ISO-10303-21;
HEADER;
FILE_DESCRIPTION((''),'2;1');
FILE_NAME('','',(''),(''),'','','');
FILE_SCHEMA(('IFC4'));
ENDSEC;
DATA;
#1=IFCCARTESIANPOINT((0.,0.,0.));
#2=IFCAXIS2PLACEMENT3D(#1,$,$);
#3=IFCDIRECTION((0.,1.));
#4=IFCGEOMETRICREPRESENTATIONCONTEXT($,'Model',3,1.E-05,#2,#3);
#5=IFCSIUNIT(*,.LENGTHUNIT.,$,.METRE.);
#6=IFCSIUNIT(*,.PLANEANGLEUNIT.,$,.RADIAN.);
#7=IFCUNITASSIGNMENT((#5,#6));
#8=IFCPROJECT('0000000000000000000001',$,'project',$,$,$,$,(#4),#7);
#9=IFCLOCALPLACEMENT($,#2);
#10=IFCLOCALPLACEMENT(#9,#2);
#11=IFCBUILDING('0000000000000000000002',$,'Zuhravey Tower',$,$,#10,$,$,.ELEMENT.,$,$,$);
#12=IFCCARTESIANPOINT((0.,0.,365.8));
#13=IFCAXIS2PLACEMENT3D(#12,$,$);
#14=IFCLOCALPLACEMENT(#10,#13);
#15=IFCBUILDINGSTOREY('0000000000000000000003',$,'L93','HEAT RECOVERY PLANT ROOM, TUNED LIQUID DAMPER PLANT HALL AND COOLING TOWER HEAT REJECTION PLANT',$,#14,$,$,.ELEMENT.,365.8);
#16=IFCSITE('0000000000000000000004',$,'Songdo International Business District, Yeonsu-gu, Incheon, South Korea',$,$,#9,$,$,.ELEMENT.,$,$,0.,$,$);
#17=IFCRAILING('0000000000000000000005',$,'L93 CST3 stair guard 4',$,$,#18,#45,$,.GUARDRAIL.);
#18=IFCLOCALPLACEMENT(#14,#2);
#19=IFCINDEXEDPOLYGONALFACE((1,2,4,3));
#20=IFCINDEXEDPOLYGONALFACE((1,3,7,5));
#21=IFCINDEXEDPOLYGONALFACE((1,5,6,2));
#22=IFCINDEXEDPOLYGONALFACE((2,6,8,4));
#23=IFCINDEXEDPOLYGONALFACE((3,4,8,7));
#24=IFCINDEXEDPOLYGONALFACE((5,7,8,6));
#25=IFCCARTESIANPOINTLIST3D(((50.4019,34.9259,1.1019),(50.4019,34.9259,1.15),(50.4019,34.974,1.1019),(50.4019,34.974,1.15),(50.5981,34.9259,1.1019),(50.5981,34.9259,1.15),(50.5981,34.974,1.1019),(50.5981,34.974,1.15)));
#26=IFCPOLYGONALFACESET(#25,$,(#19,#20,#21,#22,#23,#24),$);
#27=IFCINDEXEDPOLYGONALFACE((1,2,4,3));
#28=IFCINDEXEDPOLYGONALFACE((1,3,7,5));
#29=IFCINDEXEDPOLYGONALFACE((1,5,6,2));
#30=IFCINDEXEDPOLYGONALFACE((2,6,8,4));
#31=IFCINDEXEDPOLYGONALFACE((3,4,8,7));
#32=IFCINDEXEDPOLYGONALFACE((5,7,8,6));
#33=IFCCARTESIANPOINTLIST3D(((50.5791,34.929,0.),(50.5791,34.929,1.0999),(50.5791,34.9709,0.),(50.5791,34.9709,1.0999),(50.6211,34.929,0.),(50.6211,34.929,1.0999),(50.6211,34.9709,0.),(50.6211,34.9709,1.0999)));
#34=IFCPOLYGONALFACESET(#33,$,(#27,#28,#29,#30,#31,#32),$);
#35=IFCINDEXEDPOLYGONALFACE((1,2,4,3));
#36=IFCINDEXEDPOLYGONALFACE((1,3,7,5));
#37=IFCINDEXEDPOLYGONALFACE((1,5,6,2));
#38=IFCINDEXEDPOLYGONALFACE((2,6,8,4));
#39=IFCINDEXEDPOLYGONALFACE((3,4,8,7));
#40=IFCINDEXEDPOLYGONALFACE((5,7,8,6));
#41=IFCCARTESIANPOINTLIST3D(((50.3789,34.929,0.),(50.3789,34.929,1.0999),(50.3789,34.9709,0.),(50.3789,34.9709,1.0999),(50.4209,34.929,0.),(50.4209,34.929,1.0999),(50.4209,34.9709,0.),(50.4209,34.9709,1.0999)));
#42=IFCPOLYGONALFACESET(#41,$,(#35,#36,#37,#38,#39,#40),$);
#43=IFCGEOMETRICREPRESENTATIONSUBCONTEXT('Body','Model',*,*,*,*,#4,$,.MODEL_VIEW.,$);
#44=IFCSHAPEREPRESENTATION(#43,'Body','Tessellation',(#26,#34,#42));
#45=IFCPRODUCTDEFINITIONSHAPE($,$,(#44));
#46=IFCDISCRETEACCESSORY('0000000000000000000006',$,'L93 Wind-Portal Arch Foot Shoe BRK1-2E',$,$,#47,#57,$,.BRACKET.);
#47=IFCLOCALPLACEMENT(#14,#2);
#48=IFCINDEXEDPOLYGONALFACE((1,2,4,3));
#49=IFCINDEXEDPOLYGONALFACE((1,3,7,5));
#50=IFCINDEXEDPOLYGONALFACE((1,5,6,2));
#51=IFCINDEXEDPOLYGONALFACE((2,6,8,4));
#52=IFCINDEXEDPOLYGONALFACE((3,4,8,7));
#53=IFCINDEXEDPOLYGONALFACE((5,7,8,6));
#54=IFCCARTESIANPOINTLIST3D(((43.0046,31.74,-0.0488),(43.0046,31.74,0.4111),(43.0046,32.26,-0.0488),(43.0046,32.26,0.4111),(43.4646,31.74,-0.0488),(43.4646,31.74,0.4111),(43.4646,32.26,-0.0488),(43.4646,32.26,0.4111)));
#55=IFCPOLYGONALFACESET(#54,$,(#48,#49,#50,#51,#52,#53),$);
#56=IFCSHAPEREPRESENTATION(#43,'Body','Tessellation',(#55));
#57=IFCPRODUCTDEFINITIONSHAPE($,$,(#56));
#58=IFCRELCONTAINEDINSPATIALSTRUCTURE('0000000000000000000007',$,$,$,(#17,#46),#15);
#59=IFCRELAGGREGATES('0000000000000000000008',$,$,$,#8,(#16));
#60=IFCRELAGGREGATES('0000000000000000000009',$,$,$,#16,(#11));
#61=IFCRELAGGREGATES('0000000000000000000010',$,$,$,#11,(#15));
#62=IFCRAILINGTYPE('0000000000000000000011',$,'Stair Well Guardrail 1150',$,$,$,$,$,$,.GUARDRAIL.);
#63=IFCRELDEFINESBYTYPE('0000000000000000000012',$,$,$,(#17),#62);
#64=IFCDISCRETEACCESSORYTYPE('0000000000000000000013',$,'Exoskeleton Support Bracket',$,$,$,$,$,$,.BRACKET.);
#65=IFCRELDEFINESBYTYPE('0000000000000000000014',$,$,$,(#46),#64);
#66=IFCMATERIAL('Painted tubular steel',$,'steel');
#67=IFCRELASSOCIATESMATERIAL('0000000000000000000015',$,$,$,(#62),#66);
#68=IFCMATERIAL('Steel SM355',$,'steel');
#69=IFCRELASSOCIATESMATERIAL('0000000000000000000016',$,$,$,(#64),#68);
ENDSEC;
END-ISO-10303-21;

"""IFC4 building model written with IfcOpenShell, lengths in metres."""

from ifc_helpers import new_model, si_unit, direction, frame, origin, origin_2d, place, context, subcontext, project, spatial, rectangle, extrude, material, type_object, element, save


model = new_model("IFC4")

# Units and contexts
model_context = context("Model", 3, precision=1e-05, world=origin(), true_north=direction((0.0, 1.0)))
body_context = subcontext(model_context, "Body", "Model", "MODEL_VIEW")
ifc_project = project(units=[si_unit("LENGTHUNIT", "METRE"), si_unit("PLANEANGLEUNIT", "RADIAN")], contexts=[model_context])

# Site, building, storey
site_placement = place(None, origin())
site = spatial("IfcSite", under=ifc_project, at=site_placement, Name="Songdo International Business District, Yeonsu-gu, Incheon, South Korea", CompositionType="ELEMENT", RefElevation=0.0)
building_placement = place(site_placement, origin())
building = spatial("IfcBuilding", under=site, at=building_placement, Name="Zuhravey Tower", CompositionType="ELEMENT")
storey_placement = place(building_placement, frame((0.0, 0.0, 365.8)))
storey = spatial("IfcBuildingStorey", under=building, at=storey_placement, Name="L93", Description="HEAT RECOVERY PLANT ROOM, TUNED LIQUID DAMPER PLANT HALL AND COOLING TOWER HEAT REJECTION PLANT", CompositionType="ELEMENT", Elevation=365.8)

# Shared definitions
ifc_material_1 = material(Name="Steel SM355", Category="steel")

# Railing
ifc_material_2 = material(Name="Painted tubular steel", Category="steel")
railing_type_1 = type_object("IfcRailingType", Name="Stair Well Guardrail 1150", PredefinedType="GUARDRAIL", material=ifc_material_2)
railing_1_placement = place(storey_placement, frame((50.6001, 34.95, 0.0)))
element("IfcRailing", 1, at=railing_1_placement, inside=storey, type_object=railing_type_1, Name="L93 CST3 stair guard 4", PredefinedType="GUARDRAIL", context=body_context, shape_type="SweptSolid", body=[
    extrude(rectangle(XDim=0.0481, YDim=0.0481, at=origin_2d()), frame((-0.002, 0.0, 1.126), z_axis=(-1.0, 0.0, 0.0), x_axis=(0.0, -1.0, 0.0)), (0.0, 0.0, 1.0), 0.1963),
    extrude(rectangle(XDim=0.042, YDim=0.042, at=origin_2d()), origin(), (0.0, 0.0, 1.0), 1.0999),
    extrude(rectangle(XDim=0.042, YDim=0.042, at=origin_2d()), frame((-0.2002, 0.0, 0.0)), (0.0, 0.0, 1.0), 1.0999),
])

# Discrete accessory
discrete_accessory_type = type_object("IfcDiscreteAccessoryType", Name="Exoskeleton Support Bracket", PredefinedType="BRACKET", material=ifc_material_1)
discrete_accessory_placement = place(storey_placement, frame((43.2346, 32.0, -0.0488), z_axis=(0.0, 0.0, 1.0), x_axis=(1.0, 0.0, 0.0)))
element("IfcDiscreteAccessory", 2, at=discrete_accessory_placement, inside=storey, type_object=discrete_accessory_type, Name="L93 Wind-Portal Arch Foot Shoe BRK1-2E", PredefinedType="BRACKET", context=body_context, shape_type="SweptSolid", body=[
    extrude(rectangle(XDim=0.46, YDim=0.52, at=origin_2d()), origin(), (0.0, 0.0, 1.0), 0.46),
])

save(model, "model.ifc")
